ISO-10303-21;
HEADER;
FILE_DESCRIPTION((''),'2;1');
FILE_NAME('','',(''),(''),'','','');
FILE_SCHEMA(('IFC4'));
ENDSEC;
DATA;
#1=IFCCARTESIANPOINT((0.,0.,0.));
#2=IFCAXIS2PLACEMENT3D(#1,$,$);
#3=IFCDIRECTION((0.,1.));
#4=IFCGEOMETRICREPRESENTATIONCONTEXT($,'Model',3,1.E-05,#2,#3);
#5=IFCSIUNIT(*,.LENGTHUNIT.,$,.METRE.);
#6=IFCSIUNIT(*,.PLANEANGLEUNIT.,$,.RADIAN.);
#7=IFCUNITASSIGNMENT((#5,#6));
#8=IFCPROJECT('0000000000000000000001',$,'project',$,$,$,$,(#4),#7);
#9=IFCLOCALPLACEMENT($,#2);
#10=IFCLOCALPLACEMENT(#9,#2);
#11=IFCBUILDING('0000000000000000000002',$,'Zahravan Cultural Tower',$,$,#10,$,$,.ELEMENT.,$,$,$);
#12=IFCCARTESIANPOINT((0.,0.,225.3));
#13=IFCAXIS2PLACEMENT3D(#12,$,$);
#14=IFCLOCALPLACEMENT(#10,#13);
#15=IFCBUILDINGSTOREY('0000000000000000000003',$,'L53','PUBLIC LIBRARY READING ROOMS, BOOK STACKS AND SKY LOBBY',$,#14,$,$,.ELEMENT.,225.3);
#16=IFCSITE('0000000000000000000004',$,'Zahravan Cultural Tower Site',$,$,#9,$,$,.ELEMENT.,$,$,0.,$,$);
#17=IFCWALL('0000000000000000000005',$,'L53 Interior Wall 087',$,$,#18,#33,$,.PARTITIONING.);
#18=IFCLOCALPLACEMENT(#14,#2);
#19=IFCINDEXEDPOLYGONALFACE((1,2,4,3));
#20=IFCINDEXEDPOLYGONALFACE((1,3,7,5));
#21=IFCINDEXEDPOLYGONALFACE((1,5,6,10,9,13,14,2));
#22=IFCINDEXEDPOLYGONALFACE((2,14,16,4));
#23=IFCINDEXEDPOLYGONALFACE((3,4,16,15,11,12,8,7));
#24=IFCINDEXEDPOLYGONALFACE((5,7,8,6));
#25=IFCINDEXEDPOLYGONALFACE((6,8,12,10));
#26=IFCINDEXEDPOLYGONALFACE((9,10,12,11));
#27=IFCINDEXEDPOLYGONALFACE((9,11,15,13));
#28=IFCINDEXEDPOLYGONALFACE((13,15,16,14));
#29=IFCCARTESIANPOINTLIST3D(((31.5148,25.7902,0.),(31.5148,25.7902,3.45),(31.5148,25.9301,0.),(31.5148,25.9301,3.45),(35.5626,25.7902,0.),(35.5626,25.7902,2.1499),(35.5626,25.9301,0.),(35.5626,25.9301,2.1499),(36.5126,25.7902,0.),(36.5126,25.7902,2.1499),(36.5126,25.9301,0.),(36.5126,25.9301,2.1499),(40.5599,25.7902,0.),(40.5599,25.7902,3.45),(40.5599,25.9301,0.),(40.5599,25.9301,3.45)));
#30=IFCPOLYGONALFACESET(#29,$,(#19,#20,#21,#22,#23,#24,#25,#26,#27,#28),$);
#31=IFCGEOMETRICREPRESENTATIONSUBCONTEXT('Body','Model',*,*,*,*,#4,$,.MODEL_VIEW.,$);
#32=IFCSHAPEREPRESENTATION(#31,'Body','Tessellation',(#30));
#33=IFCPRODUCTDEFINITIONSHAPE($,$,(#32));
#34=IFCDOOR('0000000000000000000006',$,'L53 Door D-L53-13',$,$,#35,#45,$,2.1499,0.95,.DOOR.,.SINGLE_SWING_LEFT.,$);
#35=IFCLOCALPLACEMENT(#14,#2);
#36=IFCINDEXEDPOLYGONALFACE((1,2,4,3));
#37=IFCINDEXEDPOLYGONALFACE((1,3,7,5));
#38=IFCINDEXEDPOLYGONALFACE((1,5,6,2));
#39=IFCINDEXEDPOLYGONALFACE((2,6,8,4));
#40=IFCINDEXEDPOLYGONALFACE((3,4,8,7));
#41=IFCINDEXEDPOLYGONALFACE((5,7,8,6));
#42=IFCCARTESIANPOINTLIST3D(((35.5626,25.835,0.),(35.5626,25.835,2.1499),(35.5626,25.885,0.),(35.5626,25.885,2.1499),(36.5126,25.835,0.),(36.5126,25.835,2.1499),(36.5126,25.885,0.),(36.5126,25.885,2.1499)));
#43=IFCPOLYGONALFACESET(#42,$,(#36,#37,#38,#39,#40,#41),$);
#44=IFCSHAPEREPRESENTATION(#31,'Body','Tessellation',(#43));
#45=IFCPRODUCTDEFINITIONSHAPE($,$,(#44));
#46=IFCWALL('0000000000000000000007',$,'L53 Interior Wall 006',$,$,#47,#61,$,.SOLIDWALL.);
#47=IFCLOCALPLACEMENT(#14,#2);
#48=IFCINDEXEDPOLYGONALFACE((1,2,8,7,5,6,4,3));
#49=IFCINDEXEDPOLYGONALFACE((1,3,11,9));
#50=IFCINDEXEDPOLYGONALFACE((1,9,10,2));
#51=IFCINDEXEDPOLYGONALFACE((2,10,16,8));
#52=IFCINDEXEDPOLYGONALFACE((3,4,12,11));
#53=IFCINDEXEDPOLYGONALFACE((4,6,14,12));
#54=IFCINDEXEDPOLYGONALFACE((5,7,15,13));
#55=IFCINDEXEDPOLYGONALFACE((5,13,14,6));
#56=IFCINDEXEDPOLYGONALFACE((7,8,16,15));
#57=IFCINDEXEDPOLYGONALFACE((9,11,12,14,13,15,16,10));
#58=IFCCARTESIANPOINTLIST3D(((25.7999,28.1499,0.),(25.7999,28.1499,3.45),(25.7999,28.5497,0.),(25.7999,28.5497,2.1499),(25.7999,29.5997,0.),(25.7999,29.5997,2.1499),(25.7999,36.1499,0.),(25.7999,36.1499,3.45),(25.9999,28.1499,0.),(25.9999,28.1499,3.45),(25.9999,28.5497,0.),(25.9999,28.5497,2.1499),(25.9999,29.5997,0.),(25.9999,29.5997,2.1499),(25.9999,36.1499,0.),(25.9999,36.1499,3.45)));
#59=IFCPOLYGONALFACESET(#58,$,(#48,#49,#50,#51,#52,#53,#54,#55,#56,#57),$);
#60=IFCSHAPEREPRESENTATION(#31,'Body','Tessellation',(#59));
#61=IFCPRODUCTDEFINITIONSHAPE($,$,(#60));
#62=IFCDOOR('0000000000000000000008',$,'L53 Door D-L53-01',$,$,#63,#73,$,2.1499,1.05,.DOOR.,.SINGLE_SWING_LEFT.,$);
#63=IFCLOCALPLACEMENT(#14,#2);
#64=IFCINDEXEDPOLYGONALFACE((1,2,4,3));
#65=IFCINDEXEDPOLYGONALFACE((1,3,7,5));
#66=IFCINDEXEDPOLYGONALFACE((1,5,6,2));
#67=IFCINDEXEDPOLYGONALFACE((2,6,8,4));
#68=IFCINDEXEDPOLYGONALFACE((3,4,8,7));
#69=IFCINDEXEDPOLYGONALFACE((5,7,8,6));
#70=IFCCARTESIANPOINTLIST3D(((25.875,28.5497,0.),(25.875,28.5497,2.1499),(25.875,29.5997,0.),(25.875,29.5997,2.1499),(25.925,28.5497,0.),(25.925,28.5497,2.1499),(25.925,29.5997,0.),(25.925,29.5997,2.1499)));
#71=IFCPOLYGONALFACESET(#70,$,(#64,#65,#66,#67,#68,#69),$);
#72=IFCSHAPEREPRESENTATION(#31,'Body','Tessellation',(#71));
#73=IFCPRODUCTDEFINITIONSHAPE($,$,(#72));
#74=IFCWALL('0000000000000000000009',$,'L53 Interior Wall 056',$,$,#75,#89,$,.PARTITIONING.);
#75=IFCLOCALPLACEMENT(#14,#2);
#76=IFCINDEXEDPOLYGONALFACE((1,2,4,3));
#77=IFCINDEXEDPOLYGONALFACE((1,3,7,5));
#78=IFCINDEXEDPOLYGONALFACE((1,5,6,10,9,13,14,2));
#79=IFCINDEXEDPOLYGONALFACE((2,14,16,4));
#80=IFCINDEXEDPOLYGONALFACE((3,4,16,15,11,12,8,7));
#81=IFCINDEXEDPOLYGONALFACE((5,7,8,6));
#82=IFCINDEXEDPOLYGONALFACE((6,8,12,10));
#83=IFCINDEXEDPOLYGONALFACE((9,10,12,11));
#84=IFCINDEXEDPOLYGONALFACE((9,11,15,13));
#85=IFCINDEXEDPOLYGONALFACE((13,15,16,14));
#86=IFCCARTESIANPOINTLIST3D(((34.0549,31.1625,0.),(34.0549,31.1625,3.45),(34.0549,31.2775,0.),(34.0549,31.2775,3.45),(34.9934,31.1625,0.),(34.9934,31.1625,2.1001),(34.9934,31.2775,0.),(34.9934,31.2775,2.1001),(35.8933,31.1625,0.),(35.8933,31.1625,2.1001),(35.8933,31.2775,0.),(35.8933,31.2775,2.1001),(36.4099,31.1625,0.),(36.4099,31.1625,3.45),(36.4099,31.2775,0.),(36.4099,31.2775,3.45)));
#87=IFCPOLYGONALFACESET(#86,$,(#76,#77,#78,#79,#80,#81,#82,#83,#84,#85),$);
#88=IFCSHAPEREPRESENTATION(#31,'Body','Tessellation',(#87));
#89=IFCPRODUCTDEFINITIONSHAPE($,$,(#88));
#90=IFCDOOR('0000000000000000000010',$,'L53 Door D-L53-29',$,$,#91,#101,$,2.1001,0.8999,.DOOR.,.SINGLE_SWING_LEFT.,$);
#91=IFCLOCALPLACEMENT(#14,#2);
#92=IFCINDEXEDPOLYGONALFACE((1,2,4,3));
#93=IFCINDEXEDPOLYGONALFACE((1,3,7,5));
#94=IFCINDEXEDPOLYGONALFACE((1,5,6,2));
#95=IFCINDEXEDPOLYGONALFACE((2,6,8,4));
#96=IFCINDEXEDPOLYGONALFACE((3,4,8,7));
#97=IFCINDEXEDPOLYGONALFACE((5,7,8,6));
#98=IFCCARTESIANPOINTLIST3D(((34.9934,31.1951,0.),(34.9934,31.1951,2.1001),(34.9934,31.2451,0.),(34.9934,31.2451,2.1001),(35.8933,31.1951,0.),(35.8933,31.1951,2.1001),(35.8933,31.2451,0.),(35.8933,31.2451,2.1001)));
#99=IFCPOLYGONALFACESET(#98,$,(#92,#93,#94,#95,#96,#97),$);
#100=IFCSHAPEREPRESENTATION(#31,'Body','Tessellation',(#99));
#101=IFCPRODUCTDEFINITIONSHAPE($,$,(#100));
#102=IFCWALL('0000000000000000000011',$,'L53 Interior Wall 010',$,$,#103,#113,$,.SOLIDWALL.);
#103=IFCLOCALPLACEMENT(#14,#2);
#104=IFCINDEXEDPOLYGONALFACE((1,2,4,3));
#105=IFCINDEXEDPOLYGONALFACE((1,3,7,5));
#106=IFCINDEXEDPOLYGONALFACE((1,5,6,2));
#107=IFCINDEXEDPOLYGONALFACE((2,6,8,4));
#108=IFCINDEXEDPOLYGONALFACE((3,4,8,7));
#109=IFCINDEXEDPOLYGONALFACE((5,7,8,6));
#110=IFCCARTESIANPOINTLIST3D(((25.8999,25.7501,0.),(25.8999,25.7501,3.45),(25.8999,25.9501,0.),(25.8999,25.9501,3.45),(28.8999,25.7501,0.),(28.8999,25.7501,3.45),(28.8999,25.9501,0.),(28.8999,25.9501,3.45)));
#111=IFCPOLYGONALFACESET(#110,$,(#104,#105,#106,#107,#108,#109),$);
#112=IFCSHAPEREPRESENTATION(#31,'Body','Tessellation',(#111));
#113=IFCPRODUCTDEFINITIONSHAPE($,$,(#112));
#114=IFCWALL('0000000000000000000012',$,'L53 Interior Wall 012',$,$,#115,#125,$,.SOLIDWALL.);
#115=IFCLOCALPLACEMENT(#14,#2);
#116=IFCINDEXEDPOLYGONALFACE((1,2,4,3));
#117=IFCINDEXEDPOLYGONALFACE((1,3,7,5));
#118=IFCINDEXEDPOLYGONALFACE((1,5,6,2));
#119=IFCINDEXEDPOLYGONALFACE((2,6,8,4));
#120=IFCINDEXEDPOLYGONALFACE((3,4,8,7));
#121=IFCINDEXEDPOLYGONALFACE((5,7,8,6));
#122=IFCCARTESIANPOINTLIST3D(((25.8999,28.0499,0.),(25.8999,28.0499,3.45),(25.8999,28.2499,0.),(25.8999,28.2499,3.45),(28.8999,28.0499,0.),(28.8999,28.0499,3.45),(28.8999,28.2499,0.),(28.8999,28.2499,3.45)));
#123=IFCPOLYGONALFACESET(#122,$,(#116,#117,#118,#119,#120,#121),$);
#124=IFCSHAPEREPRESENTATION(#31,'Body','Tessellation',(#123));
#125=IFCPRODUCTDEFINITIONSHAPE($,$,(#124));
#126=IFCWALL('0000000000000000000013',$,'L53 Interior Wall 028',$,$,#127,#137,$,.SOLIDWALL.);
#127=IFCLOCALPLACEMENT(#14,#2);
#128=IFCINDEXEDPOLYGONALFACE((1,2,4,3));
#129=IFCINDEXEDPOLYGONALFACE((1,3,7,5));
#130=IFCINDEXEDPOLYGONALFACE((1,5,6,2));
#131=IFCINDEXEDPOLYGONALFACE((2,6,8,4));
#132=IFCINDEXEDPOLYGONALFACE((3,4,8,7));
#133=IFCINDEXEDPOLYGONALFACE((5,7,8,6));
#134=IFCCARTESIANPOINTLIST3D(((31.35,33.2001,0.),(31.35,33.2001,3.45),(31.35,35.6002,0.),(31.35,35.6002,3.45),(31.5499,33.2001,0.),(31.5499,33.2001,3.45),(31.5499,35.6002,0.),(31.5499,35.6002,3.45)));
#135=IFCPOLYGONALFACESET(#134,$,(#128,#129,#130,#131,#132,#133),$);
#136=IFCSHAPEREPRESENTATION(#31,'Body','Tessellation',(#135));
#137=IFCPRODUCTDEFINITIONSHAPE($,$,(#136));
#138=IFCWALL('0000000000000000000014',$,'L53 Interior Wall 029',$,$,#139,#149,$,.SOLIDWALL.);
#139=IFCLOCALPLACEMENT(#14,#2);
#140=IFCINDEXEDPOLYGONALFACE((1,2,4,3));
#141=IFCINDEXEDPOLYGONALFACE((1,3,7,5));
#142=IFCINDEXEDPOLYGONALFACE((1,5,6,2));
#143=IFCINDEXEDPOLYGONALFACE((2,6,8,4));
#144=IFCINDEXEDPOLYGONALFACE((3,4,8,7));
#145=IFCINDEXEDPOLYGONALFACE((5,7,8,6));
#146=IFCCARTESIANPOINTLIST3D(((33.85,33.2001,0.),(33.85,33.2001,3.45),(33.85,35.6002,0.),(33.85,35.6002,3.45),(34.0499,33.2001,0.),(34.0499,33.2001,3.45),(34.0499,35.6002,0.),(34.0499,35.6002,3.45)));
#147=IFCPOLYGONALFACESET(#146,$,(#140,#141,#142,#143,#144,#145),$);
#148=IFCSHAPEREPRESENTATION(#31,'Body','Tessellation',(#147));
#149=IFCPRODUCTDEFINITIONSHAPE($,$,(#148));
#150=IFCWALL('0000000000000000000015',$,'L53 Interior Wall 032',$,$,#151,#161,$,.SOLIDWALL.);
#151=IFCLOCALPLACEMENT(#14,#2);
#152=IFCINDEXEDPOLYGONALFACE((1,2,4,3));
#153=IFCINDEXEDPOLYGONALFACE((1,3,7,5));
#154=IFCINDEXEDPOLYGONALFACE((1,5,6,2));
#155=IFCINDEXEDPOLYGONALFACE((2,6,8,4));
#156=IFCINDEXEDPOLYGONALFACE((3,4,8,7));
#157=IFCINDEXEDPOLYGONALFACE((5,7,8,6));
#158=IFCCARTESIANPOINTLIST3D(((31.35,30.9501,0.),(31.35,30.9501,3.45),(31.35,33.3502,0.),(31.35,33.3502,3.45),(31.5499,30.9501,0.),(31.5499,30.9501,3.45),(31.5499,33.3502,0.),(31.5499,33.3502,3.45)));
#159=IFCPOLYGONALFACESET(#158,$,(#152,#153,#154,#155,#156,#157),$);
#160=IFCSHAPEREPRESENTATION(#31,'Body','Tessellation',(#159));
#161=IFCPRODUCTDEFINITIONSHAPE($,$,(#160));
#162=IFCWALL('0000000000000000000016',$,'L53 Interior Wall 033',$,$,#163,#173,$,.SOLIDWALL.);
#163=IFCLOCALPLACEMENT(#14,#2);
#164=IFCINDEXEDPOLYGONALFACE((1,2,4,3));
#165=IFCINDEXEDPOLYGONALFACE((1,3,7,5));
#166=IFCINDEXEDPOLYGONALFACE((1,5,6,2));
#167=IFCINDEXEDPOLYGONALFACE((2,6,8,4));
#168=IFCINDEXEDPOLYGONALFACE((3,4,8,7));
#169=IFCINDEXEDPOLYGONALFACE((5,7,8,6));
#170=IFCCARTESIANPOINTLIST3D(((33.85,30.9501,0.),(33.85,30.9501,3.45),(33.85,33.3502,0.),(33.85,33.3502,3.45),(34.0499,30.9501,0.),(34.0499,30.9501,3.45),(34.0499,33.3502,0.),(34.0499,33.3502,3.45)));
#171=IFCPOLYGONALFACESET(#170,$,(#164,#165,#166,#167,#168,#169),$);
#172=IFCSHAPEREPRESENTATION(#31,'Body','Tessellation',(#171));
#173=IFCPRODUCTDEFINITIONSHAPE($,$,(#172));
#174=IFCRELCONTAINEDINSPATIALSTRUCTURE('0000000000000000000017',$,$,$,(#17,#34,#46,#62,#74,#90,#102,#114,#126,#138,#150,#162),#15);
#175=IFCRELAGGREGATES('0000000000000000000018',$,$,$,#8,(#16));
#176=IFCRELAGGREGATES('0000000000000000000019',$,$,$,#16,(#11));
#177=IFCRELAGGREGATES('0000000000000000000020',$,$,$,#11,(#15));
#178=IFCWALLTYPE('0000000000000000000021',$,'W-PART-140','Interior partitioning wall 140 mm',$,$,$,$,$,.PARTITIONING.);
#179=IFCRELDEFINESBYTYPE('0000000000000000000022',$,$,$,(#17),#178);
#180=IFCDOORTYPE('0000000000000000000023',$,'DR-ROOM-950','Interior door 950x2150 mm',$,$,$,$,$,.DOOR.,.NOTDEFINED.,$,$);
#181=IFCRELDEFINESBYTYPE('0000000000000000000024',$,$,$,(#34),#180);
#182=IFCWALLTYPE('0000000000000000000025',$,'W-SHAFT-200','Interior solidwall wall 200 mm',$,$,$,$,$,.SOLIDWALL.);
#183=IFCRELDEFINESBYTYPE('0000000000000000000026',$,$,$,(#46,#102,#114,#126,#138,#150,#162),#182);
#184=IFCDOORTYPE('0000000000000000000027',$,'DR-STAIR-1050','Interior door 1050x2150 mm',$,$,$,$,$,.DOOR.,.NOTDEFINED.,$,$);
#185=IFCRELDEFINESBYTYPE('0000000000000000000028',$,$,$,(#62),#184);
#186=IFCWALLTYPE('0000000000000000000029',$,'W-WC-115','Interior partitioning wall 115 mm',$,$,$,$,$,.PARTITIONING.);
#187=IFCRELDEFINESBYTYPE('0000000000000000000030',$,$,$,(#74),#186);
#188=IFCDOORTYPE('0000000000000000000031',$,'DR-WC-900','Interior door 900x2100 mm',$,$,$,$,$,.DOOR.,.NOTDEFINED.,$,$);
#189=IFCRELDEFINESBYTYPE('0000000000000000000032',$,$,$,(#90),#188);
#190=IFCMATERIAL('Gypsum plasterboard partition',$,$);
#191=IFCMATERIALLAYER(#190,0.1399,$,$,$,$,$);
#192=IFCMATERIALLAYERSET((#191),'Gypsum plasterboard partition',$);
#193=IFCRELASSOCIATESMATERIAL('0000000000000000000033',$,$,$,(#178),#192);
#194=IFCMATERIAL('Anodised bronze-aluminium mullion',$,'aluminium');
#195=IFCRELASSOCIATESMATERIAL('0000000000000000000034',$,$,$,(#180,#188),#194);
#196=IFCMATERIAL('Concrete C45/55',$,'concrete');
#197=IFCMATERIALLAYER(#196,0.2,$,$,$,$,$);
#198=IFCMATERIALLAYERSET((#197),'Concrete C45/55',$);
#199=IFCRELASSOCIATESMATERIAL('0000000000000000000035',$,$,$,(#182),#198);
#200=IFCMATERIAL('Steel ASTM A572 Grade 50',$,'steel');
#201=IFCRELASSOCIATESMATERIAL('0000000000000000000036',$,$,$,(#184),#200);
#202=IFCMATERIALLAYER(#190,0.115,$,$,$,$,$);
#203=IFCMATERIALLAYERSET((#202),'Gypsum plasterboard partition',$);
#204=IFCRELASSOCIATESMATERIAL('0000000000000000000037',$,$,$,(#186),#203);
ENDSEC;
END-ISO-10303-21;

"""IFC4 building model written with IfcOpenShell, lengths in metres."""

from ifc_helpers import new_model, si_unit, direction, frame, frame_2d, origin, place, context, subcontext, project, spatial, rectangle, extrude, source, transform, mapped, material, layer, layer_set, type_object, element, fill, save


model = new_model("IFC4")

# Units and contexts
model_context = context("Model", 3, precision=1e-05, world=origin(), true_north=direction((0.0, 1.0)))
body_context = subcontext(model_context, "Body", "Model", "MODEL_VIEW")
ifc_project = project(units=[si_unit("LENGTHUNIT", "METRE"), si_unit("PLANEANGLEUNIT", "RADIAN")], contexts=[model_context])

# Site, building, storey
site_placement = place(None, origin())
site = spatial("IfcSite", under=ifc_project, at=site_placement, Name="Zahravan Cultural Tower Site", CompositionType="ELEMENT", RefElevation=0.0)
building_placement = place(site_placement, origin())
building = spatial("IfcBuilding", under=site, at=building_placement, Name="Zahravan Cultural Tower", CompositionType="ELEMENT")
storey_placement = place(building_placement, frame((0.0, 0.0, 225.3)))
storey = spatial("IfcBuildingStorey", under=building, at=storey_placement, Name="L53", Description="PUBLIC LIBRARY READING ROOMS, BOOK STACKS AND SKY LOBBY", CompositionType="ELEMENT", Elevation=225.3)

# Walls, openings, doors
ifc_material_1 = material(Name="Steel ASTM A572 Grade 50", Category="steel")
ifc_material_2 = material(Name="Gypsum plasterboard partition")
ifc_layer_1 = layer(ifc_material_2, 0.1399)
ifc_layer_set_1 = layer_set([ifc_layer_1], Name="Gypsum plasterboard partition")
wall_type_1 = type_object("IfcWallType", Name="W-PART-140", Description="Interior partitioning wall 140 mm", PredefinedType="PARTITIONING", material=ifc_layer_set_1)
ifc_material_3 = material(Name="Anodised bronze-aluminium mullion", Category="aluminium")
door_type_1 = type_object("IfcDoorType", Name="DR-ROOM-950", Description="Interior door 950x2150 mm", OperationType="NOTDEFINED", PredefinedType="DOOR", material=ifc_material_3)
shared_shape_1 = source(origin(), body_context, "Body", "SweptSolid", [
    extrude(rectangle(XDim=0.95, YDim=2.1499, at=frame_2d((0.4751, 1.075))), frame((0.0, 0.0249, 0.0), z_axis=(0.0, -1.0, 0.0), x_axis=(1.0, 0.0, 0.0)), (0.0, 0.0, 1.0), 0.05),
])
wall_1_placement = place(storey_placement, frame((31.5149, 25.8601, 0.0), z_axis=(0.0, 0.0, 1.0), x_axis=(1.0, 0.0, 0.0)))
wall_1 = element("IfcWall", 1, at=wall_1_placement, inside=storey, type_object=wall_type_1, Name="L53 Interior Wall 087", PredefinedType="PARTITIONING", context=body_context, shape_type="SweptSolid", body=[
    extrude(rectangle(XDim=9.0452, YDim=0.1399, at=frame_2d((4.5225, 0.0))), origin(), (0.0, 0.0, 1.0), 3.45),
])
opening_1_placement = place(wall_1_placement, frame((4.0476, 0.0, 0.0)))
opening_1 = element("IfcOpeningElement", 2, at=opening_1_placement, cuts=wall_1, PredefinedType="OPENING", context=body_context, shape_type="SweptSolid", body=[
    extrude(rectangle(XDim=0.95, YDim=2.1499, at=frame_2d((0.4751, 1.075))), frame((0.0, 0.0798, 0.0), z_axis=(0.0, -1.0, 0.0), x_axis=(1.0, 0.0, 0.0)), (0.0, 0.0, 1.0), 0.1599),
])
door_1_placement = place(opening_1_placement, origin())
door_1 = element("IfcDoor", 3, at=door_1_placement, inside=storey, type_object=door_type_1, Name="L53 Door D-L53-13", OperationType="SINGLE_SWING_LEFT", OverallHeight=2.1499, OverallWidth=0.95, PredefinedType="DOOR", context=body_context, shape_type="MappedRepresentation", body=[
    mapped(shared_shape_1, transform((0.0, 0.0, 0.0), x_axis=(1.0, 0.0, 0.0), y_axis=(0.0, 1.0, 0.0), z_axis=(0.0, 0.0, 1.0), scale=1.0)),
])
fill(opening_1, door_1)
ifc_material_4 = material(Name="Concrete C45/55", Category="concrete")
ifc_layer_2 = layer(ifc_material_4, 0.2)
ifc_layer_set_2 = layer_set([ifc_layer_2], Name="Concrete C45/55")
wall_type_2 = type_object("IfcWallType", Name="W-SHAFT-200", Description="Interior solidwall wall 200 mm", PredefinedType="SOLIDWALL", material=ifc_layer_set_2)
wall_2_placement = place(storey_placement, frame((25.8999, 28.1499, 0.0), z_axis=(0.0, 0.0, 1.0), x_axis=(0.0, 1.0, 0.0)))
wall_2 = element("IfcWall", 4, at=wall_2_placement, inside=storey, type_object=wall_type_2, Name="L53 Interior Wall 006", PredefinedType="SOLIDWALL", context=body_context, shape_type="SweptSolid", body=[
    extrude(rectangle(XDim=8.0, YDim=0.2, at=frame_2d((4.0, 0.0))), origin(), (0.0, 0.0, 1.0), 3.45),
])
opening_2_placement = place(wall_2_placement, frame((0.3999, 0.0, 0.0)))
opening_2 = element("IfcOpeningElement", 5, at=opening_2_placement, cuts=wall_2, PredefinedType="OPENING", context=body_context, shape_type="SweptSolid", body=[
    extrude(rectangle(XDim=1.05, YDim=2.1499, at=frame_2d((0.5249, 1.075))), frame((0.0, 0.1099, 0.0), z_axis=(0.0, -1.0, 0.0), x_axis=(1.0, 0.0, 0.0)), (0.0, 0.0, 1.0), 0.22),
])
door_type_2 = type_object("IfcDoorType", Name="DR-STAIR-1050", Description="Interior door 1050x2150 mm", OperationType="NOTDEFINED", PredefinedType="DOOR", material=ifc_material_1)
shared_shape_2 = source(origin(), body_context, "Body", "SweptSolid", [
    extrude(rectangle(XDim=1.05, YDim=2.1499, at=frame_2d((0.5249, 1.075))), frame((0.0, 0.0249, 0.0), z_axis=(0.0, -1.0, 0.0), x_axis=(1.0, 0.0, 0.0)), (0.0, 0.0, 1.0), 0.05),
])
door_2_placement = place(opening_2_placement, origin())
door_2 = element("IfcDoor", 6, at=door_2_placement, inside=storey, type_object=door_type_2, Name="L53 Door D-L53-01", OperationType="SINGLE_SWING_LEFT", OverallHeight=2.1499, OverallWidth=1.05, PredefinedType="DOOR", context=body_context, shape_type="MappedRepresentation", body=[
    mapped(shared_shape_2, transform((0.0, 0.0, 0.0), x_axis=(1.0, 0.0, 0.0), y_axis=(0.0, 1.0, 0.0), z_axis=(0.0, 0.0, 1.0), scale=1.0)),
])
fill(opening_2, door_2)
ifc_layer_3 = layer(ifc_material_2, 0.115)
ifc_layer_set_3 = layer_set([ifc_layer_3], Name="Gypsum plasterboard partition")
wall_type_3 = type_object("IfcWallType", Name="W-WC-115", Description="Interior partitioning wall 115 mm", PredefinedType="PARTITIONING", material=ifc_layer_set_3)
wall_3_placement = place(storey_placement, frame((36.4099, 31.22, 0.0), z_axis=(0.0, 0.0, 1.0), x_axis=(-1.0, 0.0, 0.0)))
wall_3 = element("IfcWall", 7, at=wall_3_placement, inside=storey, type_object=wall_type_3, Name="L53 Interior Wall 056", PredefinedType="PARTITIONING", context=body_context, shape_type="SweptSolid", body=[
    extrude(rectangle(XDim=2.355, YDim=0.115, at=frame_2d((1.1775, 0.0))), origin(), (0.0, 0.0, 1.0), 3.45),
])
opening_3_placement = place(wall_3_placement, frame((0.5166, 0.0, 0.0)))
opening_3 = element("IfcOpeningElement", 8, at=opening_3_placement, cuts=wall_3, PredefinedType="OPENING", context=body_context, shape_type="SweptSolid", body=[
    extrude(rectangle(XDim=0.8999, YDim=2.1001, at=frame_2d((0.45, 1.05))), frame((0.0, 0.0674, 0.0), z_axis=(0.0, -1.0, 0.0), x_axis=(1.0, 0.0, 0.0)), (0.0, 0.0, 1.0), 0.135),
])
door_type_3 = type_object("IfcDoorType", Name="DR-WC-900", Description="Interior door 900x2100 mm", OperationType="NOTDEFINED", PredefinedType="DOOR", material=ifc_material_3)
shared_shape_3 = source(origin(), body_context, "Body", "SweptSolid", [
    extrude(rectangle(XDim=0.8999, YDim=2.1001, at=frame_2d((0.45, 1.05))), frame((0.0, 0.0249, 0.0), z_axis=(0.0, -1.0, 0.0), x_axis=(1.0, 0.0, 0.0)), (0.0, 0.0, 1.0), 0.05),
])
door_3_placement = place(opening_3_placement, origin())
door_3 = element("IfcDoor", 9, at=door_3_placement, inside=storey, type_object=door_type_3, Name="L53 Door D-L53-29", OperationType="SINGLE_SWING_LEFT", OverallHeight=2.1001, OverallWidth=0.8999, PredefinedType="DOOR", context=body_context, shape_type="MappedRepresentation", body=[
    mapped(shared_shape_3, transform((0.0, 0.0, 0.0), x_axis=(1.0, 0.0, 0.0), y_axis=(0.0, 1.0, 0.0), z_axis=(0.0, 0.0, 1.0), scale=1.0)),
])
fill(opening_3, door_3)

# Walls
shared_shape_4 = source(origin(), body_context, "Body", "SweptSolid", [
    extrude(rectangle(XDim=3.0, YDim=0.2, at=frame_2d((1.5, 0.0))), origin(), (0.0, 0.0, 1.0), 3.45),
])
for number, where, z_axis, x_axis, name in (
    (10, (25.8999, 25.8501, 0.0), (0.0, 0.0, 1.0), (1.0, 0.0, 0.0), "L53 Interior Wall 010"),
    (11, (25.8999, 28.1499, 0.0), (0.0, 0.0, 1.0), (1.0, 0.0, 0.0), "L53 Interior Wall 012"),
):
    element("IfcWall", number, at=place(storey_placement, frame(where, z_axis=z_axis, x_axis=x_axis)), inside=storey, type_object=wall_type_2, Name=name, PredefinedType="SOLIDWALL", context=body_context, shape_type="MappedRepresentation", body=[
        mapped(shared_shape_4, transform((0.0, 0.0, 0.0), x_axis=(1.0, 0.0, 0.0), y_axis=(0.0, 1.0, 0.0), z_axis=(0.0, 0.0, 1.0), scale=1.0)),
    ])
shared_shape_5 = source(origin(), body_context, "Body", "SweptSolid", [
    extrude(rectangle(XDim=2.4001, YDim=0.2, at=frame_2d((1.2002, 0.0))), origin(), (0.0, 0.0, 1.0), 3.45),
])
for number, where, z_axis, x_axis, name in (
    (12, (31.45, 33.2, 0.0), (0.0, 0.0, 1.0), (0.0, 1.0, 0.0), "L53 Interior Wall 028"),
    (13, (33.95, 33.2, 0.0), (0.0, 0.0, 1.0), (0.0, 1.0, 0.0), "L53 Interior Wall 029"),
    (14, (31.45, 30.95, 0.0), (0.0, 0.0, 1.0), (0.0, 1.0, 0.0), "L53 Interior Wall 032"),
    (15, (33.95, 30.95, 0.0), (0.0, 0.0, 1.0), (0.0, 1.0, 0.0), "L53 Interior Wall 033"),
):
    element("IfcWall", number, at=place(storey_placement, frame(where, z_axis=z_axis, x_axis=x_axis)), inside=storey, type_object=wall_type_2, Name=name, PredefinedType="SOLIDWALL", context=body_context, shape_type="MappedRepresentation", body=[
        mapped(shared_shape_5, transform((0.0, 0.0, 0.0), x_axis=(1.0, 0.0, 0.0), y_axis=(0.0, 1.0, 0.0), z_axis=(0.0, 0.0, 1.0), scale=1.0)),
    ])

save(model, "model.ifc")
